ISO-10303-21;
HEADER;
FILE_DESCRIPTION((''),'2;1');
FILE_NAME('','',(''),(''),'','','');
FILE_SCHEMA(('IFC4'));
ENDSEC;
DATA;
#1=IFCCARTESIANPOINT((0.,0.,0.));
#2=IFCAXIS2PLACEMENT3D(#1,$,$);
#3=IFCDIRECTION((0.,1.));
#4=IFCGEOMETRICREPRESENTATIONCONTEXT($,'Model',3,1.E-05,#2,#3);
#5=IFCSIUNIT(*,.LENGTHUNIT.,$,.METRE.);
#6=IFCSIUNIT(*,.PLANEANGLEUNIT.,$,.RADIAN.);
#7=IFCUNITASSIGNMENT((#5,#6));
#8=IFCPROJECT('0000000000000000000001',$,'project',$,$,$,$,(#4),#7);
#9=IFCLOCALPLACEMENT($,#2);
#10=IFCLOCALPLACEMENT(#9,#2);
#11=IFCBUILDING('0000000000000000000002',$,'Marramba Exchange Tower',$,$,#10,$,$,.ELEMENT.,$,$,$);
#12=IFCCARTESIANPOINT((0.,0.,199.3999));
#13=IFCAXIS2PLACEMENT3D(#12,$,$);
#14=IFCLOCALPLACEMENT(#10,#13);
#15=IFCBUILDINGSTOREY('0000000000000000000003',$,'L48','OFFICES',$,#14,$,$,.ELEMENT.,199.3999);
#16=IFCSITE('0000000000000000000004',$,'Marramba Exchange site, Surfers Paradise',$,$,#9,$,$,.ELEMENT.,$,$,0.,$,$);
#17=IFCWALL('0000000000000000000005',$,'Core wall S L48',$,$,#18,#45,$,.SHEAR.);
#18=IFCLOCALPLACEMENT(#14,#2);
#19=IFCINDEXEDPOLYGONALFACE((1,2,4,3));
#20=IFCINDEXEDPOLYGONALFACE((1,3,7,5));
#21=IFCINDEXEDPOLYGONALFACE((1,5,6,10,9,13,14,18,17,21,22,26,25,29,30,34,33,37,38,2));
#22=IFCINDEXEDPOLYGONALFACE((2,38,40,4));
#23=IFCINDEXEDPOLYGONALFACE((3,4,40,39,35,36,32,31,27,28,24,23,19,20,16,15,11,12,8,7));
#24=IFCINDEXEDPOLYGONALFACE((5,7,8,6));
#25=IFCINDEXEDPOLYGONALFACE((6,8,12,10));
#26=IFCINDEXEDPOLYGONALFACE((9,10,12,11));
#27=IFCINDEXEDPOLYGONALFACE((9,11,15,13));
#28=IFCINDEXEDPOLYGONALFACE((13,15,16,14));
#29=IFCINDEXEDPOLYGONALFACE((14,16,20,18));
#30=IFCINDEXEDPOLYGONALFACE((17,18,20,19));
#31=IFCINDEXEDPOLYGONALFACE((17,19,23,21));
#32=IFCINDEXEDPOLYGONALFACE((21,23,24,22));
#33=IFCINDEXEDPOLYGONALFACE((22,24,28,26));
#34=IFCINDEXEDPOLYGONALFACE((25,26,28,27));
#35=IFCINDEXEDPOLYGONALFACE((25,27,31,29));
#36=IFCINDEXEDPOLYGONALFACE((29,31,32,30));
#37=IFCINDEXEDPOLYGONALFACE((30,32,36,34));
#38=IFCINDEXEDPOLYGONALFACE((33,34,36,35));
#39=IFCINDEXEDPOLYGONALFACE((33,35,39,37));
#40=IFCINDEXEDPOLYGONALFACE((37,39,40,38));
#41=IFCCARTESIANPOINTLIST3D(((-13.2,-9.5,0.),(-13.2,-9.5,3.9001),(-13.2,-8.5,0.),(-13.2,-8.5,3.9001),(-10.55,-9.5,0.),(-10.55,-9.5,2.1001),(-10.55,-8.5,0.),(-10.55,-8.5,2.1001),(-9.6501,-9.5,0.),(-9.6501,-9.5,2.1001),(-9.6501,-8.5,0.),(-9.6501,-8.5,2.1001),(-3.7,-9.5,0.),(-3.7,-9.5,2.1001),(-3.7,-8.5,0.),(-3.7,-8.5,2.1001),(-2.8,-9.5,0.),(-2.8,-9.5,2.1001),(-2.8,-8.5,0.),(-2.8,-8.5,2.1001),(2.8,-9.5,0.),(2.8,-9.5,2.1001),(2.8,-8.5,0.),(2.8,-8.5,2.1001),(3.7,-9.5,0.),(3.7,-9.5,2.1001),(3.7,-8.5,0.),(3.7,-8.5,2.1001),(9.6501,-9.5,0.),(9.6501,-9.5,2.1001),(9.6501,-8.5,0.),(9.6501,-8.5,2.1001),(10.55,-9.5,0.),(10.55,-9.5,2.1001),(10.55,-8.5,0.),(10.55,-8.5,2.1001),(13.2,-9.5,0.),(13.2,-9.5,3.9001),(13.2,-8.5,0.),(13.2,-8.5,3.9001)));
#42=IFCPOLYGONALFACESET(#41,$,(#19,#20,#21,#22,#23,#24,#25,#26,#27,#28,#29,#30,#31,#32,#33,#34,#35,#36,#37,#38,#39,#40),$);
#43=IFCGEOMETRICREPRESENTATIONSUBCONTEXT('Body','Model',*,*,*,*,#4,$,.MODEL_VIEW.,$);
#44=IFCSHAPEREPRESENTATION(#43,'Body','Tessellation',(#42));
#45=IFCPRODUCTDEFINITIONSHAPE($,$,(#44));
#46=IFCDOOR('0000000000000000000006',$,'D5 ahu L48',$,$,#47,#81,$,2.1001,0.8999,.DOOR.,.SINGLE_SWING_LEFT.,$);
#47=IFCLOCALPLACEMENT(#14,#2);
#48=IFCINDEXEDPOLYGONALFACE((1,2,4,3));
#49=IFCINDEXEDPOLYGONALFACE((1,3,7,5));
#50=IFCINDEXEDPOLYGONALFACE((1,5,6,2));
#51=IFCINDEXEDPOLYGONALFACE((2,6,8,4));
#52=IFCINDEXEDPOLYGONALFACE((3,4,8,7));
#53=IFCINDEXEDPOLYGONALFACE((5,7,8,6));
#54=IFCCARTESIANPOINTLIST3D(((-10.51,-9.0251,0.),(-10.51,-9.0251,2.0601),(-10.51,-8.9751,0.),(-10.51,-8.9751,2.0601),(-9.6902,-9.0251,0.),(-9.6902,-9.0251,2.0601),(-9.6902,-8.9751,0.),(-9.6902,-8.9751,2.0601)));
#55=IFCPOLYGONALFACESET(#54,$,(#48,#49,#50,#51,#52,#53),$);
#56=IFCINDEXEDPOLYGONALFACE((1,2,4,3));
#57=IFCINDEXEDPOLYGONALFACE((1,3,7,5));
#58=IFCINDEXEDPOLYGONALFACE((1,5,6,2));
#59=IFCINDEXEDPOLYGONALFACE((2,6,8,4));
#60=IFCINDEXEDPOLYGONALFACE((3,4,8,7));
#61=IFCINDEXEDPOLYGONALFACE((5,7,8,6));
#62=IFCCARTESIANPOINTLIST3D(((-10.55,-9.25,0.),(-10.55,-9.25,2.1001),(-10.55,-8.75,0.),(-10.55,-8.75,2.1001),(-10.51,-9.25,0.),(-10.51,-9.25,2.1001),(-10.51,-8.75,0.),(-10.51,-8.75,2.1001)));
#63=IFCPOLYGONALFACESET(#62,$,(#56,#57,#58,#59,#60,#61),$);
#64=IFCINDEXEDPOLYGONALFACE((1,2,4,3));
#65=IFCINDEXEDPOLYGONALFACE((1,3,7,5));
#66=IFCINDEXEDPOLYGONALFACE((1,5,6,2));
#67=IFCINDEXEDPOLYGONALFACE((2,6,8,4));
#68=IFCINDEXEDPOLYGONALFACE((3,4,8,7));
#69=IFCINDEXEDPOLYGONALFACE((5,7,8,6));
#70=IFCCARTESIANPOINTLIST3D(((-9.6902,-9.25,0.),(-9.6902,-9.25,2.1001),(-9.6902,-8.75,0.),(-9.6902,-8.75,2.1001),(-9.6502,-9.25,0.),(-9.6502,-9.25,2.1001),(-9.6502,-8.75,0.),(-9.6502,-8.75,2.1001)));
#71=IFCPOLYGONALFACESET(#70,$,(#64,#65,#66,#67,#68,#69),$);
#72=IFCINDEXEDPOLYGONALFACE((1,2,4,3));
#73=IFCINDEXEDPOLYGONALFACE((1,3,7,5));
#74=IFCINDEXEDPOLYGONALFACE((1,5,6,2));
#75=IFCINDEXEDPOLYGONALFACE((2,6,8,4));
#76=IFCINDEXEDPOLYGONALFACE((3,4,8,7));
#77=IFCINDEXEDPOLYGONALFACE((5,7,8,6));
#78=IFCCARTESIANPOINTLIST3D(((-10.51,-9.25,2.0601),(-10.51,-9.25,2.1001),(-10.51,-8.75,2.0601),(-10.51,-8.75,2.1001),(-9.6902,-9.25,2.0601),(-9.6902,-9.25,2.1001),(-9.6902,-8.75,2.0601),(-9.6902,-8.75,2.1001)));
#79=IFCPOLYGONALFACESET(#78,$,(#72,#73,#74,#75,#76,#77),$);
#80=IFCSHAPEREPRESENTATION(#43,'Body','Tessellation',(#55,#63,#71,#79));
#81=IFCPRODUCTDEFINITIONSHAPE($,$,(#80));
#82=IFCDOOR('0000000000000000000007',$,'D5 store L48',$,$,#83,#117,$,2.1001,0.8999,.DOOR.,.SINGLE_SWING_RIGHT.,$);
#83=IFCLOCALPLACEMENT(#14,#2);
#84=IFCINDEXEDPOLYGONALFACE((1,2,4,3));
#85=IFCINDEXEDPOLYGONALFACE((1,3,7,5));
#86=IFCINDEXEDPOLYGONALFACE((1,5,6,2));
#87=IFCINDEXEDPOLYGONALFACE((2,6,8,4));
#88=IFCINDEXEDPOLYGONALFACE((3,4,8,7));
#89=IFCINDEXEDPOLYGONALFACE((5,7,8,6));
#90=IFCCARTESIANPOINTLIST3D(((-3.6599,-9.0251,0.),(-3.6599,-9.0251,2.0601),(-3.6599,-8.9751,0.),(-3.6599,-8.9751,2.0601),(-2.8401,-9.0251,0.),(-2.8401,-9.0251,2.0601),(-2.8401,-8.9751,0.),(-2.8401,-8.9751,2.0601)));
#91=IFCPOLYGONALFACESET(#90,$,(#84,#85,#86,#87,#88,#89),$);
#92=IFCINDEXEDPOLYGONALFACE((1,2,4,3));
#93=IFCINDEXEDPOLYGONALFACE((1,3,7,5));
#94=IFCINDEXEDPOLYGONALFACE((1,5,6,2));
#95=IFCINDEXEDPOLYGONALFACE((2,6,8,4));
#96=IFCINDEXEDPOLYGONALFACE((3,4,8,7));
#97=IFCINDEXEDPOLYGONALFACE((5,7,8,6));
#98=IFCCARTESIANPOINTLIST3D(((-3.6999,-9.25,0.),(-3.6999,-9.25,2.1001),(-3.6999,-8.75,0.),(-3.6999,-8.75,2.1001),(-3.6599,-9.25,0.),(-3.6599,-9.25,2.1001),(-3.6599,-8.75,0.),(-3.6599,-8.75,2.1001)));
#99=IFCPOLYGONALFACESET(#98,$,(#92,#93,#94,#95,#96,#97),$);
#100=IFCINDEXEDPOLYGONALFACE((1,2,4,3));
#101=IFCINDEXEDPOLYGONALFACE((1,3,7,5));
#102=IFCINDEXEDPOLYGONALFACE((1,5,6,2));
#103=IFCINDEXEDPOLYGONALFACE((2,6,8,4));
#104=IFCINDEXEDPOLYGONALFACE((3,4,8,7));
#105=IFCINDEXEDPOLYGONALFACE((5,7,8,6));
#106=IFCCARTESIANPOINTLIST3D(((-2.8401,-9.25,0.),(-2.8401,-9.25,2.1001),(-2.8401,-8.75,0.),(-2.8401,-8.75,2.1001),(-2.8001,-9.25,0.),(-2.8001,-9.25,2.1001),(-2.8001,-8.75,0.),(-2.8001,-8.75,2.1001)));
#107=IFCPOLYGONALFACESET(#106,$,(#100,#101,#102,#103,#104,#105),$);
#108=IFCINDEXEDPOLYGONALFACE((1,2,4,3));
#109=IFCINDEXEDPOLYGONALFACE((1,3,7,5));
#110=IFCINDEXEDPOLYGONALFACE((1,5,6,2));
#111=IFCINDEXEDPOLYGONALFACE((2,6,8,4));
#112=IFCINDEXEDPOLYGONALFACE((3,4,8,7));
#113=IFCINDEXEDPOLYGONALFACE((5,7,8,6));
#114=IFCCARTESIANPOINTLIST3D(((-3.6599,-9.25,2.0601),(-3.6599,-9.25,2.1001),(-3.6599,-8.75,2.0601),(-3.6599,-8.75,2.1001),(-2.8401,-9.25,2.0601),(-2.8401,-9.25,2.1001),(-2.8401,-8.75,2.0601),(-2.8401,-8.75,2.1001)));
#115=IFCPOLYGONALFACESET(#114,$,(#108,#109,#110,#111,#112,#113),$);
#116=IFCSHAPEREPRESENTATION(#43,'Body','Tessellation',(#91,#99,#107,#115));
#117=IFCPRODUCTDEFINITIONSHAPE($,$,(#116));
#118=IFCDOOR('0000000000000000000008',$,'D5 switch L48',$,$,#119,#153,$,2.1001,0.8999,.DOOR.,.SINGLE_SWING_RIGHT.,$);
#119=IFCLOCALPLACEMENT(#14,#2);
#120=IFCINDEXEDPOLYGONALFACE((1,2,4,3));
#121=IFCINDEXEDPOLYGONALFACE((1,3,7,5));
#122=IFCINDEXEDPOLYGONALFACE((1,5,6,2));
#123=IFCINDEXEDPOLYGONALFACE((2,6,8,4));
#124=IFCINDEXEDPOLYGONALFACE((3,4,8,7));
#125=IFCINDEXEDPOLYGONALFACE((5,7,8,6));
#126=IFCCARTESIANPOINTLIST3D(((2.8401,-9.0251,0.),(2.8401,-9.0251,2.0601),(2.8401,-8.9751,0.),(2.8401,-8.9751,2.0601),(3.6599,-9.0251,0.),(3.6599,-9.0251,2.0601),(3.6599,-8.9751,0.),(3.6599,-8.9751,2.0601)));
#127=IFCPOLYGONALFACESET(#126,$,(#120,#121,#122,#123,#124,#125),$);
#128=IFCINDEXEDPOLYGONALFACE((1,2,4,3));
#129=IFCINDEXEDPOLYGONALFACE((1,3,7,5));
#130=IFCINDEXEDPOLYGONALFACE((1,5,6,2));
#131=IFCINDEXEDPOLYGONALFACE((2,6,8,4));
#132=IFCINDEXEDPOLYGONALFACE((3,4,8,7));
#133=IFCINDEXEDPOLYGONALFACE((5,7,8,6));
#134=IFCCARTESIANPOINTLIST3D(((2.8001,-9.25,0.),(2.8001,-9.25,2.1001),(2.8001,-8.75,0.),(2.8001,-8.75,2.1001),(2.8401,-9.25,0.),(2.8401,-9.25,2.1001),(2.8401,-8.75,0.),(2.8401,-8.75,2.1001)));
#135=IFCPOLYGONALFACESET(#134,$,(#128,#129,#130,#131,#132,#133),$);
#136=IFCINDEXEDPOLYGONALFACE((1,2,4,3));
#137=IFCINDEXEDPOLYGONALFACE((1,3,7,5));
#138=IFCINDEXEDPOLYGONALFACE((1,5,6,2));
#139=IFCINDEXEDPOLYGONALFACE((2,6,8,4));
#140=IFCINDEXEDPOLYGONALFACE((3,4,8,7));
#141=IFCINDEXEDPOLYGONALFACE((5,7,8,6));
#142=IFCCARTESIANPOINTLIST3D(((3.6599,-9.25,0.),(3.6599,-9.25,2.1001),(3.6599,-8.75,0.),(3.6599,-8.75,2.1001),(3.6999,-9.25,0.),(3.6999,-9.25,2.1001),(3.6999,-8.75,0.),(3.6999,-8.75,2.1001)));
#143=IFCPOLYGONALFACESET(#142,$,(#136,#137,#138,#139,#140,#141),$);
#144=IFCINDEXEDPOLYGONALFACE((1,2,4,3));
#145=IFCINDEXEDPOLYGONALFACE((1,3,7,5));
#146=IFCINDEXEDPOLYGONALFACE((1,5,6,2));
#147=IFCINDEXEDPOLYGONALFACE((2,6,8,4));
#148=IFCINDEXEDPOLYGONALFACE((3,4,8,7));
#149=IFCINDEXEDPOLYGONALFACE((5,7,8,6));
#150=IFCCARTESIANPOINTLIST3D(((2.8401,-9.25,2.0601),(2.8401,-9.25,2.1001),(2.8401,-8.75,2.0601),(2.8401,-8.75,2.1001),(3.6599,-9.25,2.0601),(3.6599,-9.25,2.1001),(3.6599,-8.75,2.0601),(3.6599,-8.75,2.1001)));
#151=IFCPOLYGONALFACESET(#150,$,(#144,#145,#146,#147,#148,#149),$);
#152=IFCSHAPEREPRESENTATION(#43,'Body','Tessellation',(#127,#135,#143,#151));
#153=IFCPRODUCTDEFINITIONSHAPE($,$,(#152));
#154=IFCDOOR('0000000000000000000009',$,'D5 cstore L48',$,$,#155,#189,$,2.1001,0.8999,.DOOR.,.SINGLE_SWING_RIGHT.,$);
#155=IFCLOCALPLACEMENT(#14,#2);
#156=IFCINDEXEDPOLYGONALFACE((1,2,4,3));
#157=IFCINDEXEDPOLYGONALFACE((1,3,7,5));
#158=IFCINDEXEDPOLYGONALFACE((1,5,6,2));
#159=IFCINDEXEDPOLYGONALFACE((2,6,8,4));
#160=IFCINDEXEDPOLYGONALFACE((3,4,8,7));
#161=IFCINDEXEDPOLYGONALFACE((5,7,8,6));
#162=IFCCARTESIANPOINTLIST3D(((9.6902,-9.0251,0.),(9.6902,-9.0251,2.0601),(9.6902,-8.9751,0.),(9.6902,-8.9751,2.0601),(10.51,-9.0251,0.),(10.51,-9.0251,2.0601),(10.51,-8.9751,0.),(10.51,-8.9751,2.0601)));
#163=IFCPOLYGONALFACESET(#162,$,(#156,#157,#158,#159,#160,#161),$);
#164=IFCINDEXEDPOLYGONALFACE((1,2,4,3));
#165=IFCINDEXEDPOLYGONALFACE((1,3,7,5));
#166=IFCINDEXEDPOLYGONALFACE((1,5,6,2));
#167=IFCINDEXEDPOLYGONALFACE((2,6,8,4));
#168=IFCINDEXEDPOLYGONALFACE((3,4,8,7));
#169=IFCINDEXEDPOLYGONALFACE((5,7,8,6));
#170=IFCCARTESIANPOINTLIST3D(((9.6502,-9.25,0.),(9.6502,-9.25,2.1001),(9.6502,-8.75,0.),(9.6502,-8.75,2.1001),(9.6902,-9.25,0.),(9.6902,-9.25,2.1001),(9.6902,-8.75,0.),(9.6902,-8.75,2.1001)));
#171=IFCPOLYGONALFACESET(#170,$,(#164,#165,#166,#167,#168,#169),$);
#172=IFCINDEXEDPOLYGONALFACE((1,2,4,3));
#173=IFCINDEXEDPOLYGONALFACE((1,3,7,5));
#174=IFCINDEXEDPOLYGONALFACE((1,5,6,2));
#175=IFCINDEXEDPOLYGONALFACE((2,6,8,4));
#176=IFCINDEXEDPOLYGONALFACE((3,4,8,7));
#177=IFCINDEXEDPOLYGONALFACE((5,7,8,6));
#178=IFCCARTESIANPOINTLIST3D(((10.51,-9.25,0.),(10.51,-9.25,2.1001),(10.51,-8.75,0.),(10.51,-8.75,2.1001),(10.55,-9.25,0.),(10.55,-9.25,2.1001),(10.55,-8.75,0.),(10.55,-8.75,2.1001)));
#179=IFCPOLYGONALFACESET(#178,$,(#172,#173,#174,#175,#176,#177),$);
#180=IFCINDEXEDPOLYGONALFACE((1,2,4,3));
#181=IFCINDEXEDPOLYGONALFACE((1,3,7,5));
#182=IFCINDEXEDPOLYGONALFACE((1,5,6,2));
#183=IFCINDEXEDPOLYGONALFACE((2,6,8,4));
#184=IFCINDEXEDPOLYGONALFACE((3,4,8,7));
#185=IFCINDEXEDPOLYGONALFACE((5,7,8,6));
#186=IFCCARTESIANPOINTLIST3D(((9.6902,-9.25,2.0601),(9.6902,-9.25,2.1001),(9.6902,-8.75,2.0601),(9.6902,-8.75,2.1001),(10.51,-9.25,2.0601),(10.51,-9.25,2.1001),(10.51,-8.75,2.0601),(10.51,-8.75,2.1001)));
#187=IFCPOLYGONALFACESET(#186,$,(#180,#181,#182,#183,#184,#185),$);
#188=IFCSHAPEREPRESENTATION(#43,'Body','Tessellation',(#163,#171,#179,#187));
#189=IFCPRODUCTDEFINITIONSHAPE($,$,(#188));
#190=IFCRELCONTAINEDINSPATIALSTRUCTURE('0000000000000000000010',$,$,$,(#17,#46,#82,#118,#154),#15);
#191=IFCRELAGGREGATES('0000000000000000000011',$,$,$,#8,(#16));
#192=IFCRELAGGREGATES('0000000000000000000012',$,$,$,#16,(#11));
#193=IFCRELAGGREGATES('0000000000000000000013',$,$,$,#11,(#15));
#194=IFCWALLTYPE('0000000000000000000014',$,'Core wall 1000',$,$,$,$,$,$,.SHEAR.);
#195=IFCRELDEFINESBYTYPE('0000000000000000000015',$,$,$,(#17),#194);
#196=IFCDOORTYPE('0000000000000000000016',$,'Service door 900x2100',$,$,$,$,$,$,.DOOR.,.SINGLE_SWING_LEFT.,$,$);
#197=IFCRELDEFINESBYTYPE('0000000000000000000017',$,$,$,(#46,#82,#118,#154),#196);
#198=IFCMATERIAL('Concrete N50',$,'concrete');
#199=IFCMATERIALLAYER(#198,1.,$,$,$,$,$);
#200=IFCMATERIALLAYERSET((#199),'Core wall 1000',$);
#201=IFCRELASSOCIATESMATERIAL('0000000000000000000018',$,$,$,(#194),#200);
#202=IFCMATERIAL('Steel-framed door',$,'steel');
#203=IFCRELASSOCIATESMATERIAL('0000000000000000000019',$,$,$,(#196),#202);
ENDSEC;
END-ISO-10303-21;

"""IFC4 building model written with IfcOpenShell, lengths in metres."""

from ifc_helpers import new_model, si_unit, direction, frame, frame_2d, origin, place, context, subcontext, project, spatial, rectangle, extrude, material, layer, layer_set, type_object, element, fill, save


model = new_model("IFC4")

# Units and contexts
model_context = context("Model", 3, precision=1e-05, world=origin(), true_north=direction((0.0, 1.0)))
body_context = subcontext(model_context, "Body", "Model", "MODEL_VIEW")
ifc_project = project(units=[si_unit("LENGTHUNIT", "METRE"), si_unit("PLANEANGLEUNIT", "RADIAN")], contexts=[model_context])

# Site, building, storey
site_placement = place(None, origin())
site = spatial("IfcSite", under=ifc_project, at=site_placement, Name="Marramba Exchange site, Surfers Paradise", CompositionType="ELEMENT", RefElevation=0.0)
building_placement = place(site_placement, origin())
building = spatial("IfcBuilding", under=site, at=building_placement, Name="Marramba Exchange Tower", CompositionType="ELEMENT")
storey_placement = place(building_placement, frame((0.0, 0.0, 199.3999)))
storey = spatial("IfcBuildingStorey", under=building, at=storey_placement, Name="L48", Description="OFFICES", CompositionType="ELEMENT", Elevation=199.3999)

# Shared definitions
ifc_material_1 = material(Name="Concrete N50", Category="concrete")

# Wall, openings, doors
ifc_layer_1 = layer(ifc_material_1, 1.0)
ifc_layer_set_1 = layer_set([ifc_layer_1], Name="Core wall 1000")
wall_type_1 = type_object("IfcWallType", Name="Core wall 1000", PredefinedType="SHEAR", material=ifc_layer_set_1)
wall_1_placement = place(storey_placement, frame((-13.2, -9.0, 0.0), z_axis=(0.0, 0.0, 1.0), x_axis=(1.0, 0.0, 0.0)))
wall_1 = element("IfcWall", 1, at=wall_1_placement, inside=storey, type_object=wall_type_1, Name="Core wall S L48", PredefinedType="SHEAR", context=body_context, shape_type="SweptSolid", body=[
    extrude(rectangle(XDim=26.3999, YDim=1.0, at=frame_2d((13.2, 0.0))), origin(), (0.0, 0.0, 1.0), 3.9001),
])
opening_1_placement = place(wall_1_placement, frame((2.6499, 0.0, 0.0)))
opening_1 = element("IfcOpeningElement", 2, at=opening_1_placement, cuts=wall_1, PredefinedType="OPENING", context=body_context, shape_type="SweptSolid", body=[
    extrude(rectangle(XDim=0.8999, YDim=2.1001, at=frame_2d((0.45, 1.05))), frame((0.0, 0.51, 0.0), z_axis=(0.0, -1.0, 0.0), x_axis=(1.0, 0.0, 0.0)), (0.0, 0.0, 1.0), 1.02),
])
opening_2_placement = place(wall_1_placement, frame((9.5, 0.0, 0.0)))
opening_2 = element("IfcOpeningElement", 3, at=opening_2_placement, cuts=wall_1, PredefinedType="OPENING", context=body_context, shape_type="SweptSolid", body=[
    extrude(rectangle(XDim=0.8999, YDim=2.1001, at=frame_2d((0.45, 1.05))), frame((0.0, 0.51, 0.0), z_axis=(0.0, -1.0, 0.0), x_axis=(1.0, 0.0, 0.0)), (0.0, 0.0, 1.0), 1.02),
])
opening_3_placement = place(wall_1_placement, frame((16.0, 0.0, 0.0)))
opening_3 = element("IfcOpeningElement", 4, at=opening_3_placement, cuts=wall_1, PredefinedType="OPENING", context=body_context, shape_type="SweptSolid", body=[
    extrude(rectangle(XDim=0.8999, YDim=2.1001, at=frame_2d((0.45, 1.05))), frame((0.0, 0.51, 0.0), z_axis=(0.0, -1.0, 0.0), x_axis=(1.0, 0.0, 0.0)), (0.0, 0.0, 1.0), 1.02),
])
opening_4_placement = place(wall_1_placement, frame((22.8501, 0.0, 0.0)))
opening_4 = element("IfcOpeningElement", 5, at=opening_4_placement, cuts=wall_1, PredefinedType="OPENING", context=body_context, shape_type="SweptSolid", body=[
    extrude(rectangle(XDim=0.8999, YDim=2.1001, at=frame_2d((0.45, 1.05))), frame((0.0, 0.51, 0.0), z_axis=(0.0, -1.0, 0.0), x_axis=(1.0, 0.0, 0.0)), (0.0, 0.0, 1.0), 1.02),
])
ifc_material_2 = material(Name="Steel-framed door", Category="steel")
door_type = type_object("IfcDoorType", Name="Service door 900x2100", OperationType="SINGLE_SWING_LEFT", PredefinedType="DOOR", material=ifc_material_2)
door_1_placement = place(opening_1_placement, origin())
door_1 = element("IfcDoor", 6, at=door_1_placement, inside=storey, type_object=door_type, Name="D5 ahu L48", OperationType="SINGLE_SWING_LEFT", OverallHeight=2.1001, OverallWidth=0.8999, PredefinedType="DOOR", context=body_context, shape_type="SweptSolid", body=[
    extrude(rectangle(XDim=0.8198, YDim=2.0601, at=frame_2d((0.45, 1.03))), frame((0.0, 0.0249, 0.0), z_axis=(0.0, -1.0, 0.0), x_axis=(1.0, 0.0, 0.0)), (0.0, 0.0, 1.0), 0.05),
    extrude(rectangle(XDim=0.04, YDim=2.1001, at=frame_2d((0.02, 1.05))), frame((0.0, 0.25, 0.0), z_axis=(0.0, -1.0, 0.0), x_axis=(1.0, 0.0, 0.0)), (0.0, 0.0, 1.0), 0.5),
    extrude(rectangle(XDim=0.04, YDim=2.1001, at=frame_2d((0.8799, 1.05))), frame((0.0, 0.25, 0.0), z_axis=(0.0, -1.0, 0.0), x_axis=(1.0, 0.0, 0.0)), (0.0, 0.0, 1.0), 0.5),
    extrude(rectangle(XDim=0.8198, YDim=0.04, at=frame_2d((0.45, 2.0801))), frame((0.0, 0.25, 0.0), z_axis=(0.0, -1.0, 0.0), x_axis=(1.0, 0.0, 0.0)), (0.0, 0.0, 1.0), 0.5),
])
fill(opening_1, door_1)
door_2_placement = place(opening_2_placement, origin())
door_2 = element("IfcDoor", 7, at=door_2_placement, inside=storey, type_object=door_type, Name="D5 store L48", OperationType="SINGLE_SWING_RIGHT", OverallHeight=2.1001, OverallWidth=0.8999, PredefinedType="DOOR", context=body_context, shape_type="SweptSolid", body=[
    extrude(rectangle(XDim=0.8198, YDim=2.0601, at=frame_2d((0.45, 1.03))), frame((0.0, 0.0249, 0.0), z_axis=(0.0, -1.0, 0.0), x_axis=(1.0, 0.0, 0.0)), (0.0, 0.0, 1.0), 0.05),
    extrude(rectangle(XDim=0.04, YDim=2.1001, at=frame_2d((0.02, 1.05))), frame((0.0, 0.25, 0.0), z_axis=(0.0, -1.0, 0.0), x_axis=(1.0, 0.0, 0.0)), (0.0, 0.0, 1.0), 0.5),
    extrude(rectangle(XDim=0.04, YDim=2.1001, at=frame_2d((0.8799, 1.05))), frame((0.0, 0.25, 0.0), z_axis=(0.0, -1.0, 0.0), x_axis=(1.0, 0.0, 0.0)), (0.0, 0.0, 1.0), 0.5),
    extrude(rectangle(XDim=0.8198, YDim=0.04, at=frame_2d((0.45, 2.0801))), frame((0.0, 0.25, 0.0), z_axis=(0.0, -1.0, 0.0), x_axis=(1.0, 0.0, 0.0)), (0.0, 0.0, 1.0), 0.5),
])
fill(opening_2, door_2)
door_3_placement = place(opening_3_placement, origin())
door_3 = element("IfcDoor", 8, at=door_3_placement, inside=storey, type_object=door_type, Name="D5 switch L48", OperationType="SINGLE_SWING_RIGHT", OverallHeight=2.1001, OverallWidth=0.8999, PredefinedType="DOOR", context=body_context, shape_type="SweptSolid", body=[
    extrude(rectangle(XDim=0.8198, YDim=2.0601, at=frame_2d((0.45, 1.03))), frame((0.0, 0.0249, 0.0), z_axis=(0.0, -1.0, 0.0), x_axis=(1.0, 0.0, 0.0)), (0.0, 0.0, 1.0), 0.05),
    extrude(rectangle(XDim=0.04, YDim=2.1001, at=frame_2d((0.02, 1.05))), frame((0.0, 0.25, 0.0), z_axis=(0.0, -1.0, 0.0), x_axis=(1.0, 0.0, 0.0)), (0.0, 0.0, 1.0), 0.5),
    extrude(rectangle(XDim=0.04, YDim=2.1001, at=frame_2d((0.8799, 1.05))), frame((0.0, 0.25, 0.0), z_axis=(0.0, -1.0, 0.0), x_axis=(1.0, 0.0, 0.0)), (0.0, 0.0, 1.0), 0.5),
    extrude(rectangle(XDim=0.8198, YDim=0.04, at=frame_2d((0.45, 2.0801))), frame((0.0, 0.25, 0.0), z_axis=(0.0, -1.0, 0.0), x_axis=(1.0, 0.0, 0.0)), (0.0, 0.0, 1.0), 0.5),
])
fill(opening_3, door_3)
door_4_placement = place(opening_4_placement, origin())
door_4 = element("IfcDoor", 9, at=door_4_placement, inside=storey, type_object=door_type, Name="D5 cstore L48", OperationType="SINGLE_SWING_RIGHT", OverallHeight=2.1001, OverallWidth=0.8999, PredefinedType="DOOR", context=body_context, shape_type="SweptSolid", body=[
    extrude(rectangle(XDim=0.8198, YDim=2.0601, at=frame_2d((0.45, 1.03))), frame((0.0, 0.0249, 0.0), z_axis=(0.0, -1.0, 0.0), x_axis=(1.0, 0.0, 0.0)), (0.0, 0.0, 1.0), 0.05),
    extrude(rectangle(XDim=0.04, YDim=2.1001, at=frame_2d((0.02, 1.05))), frame((0.0, 0.25, 0.0), z_axis=(0.0, -1.0, 0.0), x_axis=(1.0, 0.0, 0.0)), (0.0, 0.0, 1.0), 0.5),
    extrude(rectangle(XDim=0.04, YDim=2.1001, at=frame_2d((0.8799, 1.05))), frame((0.0, 0.25, 0.0), z_axis=(0.0, -1.0, 0.0), x_axis=(1.0, 0.0, 0.0)), (0.0, 0.0, 1.0), 0.5),
    extrude(rectangle(XDim=0.8198, YDim=0.04, at=frame_2d((0.45, 2.0801))), frame((0.0, 0.25, 0.0), z_axis=(0.0, -1.0, 0.0), x_axis=(1.0, 0.0, 0.0)), (0.0, 0.0, 1.0), 0.5),
])
fill(opening_4, door_4)

save(model, "model.ifc")
